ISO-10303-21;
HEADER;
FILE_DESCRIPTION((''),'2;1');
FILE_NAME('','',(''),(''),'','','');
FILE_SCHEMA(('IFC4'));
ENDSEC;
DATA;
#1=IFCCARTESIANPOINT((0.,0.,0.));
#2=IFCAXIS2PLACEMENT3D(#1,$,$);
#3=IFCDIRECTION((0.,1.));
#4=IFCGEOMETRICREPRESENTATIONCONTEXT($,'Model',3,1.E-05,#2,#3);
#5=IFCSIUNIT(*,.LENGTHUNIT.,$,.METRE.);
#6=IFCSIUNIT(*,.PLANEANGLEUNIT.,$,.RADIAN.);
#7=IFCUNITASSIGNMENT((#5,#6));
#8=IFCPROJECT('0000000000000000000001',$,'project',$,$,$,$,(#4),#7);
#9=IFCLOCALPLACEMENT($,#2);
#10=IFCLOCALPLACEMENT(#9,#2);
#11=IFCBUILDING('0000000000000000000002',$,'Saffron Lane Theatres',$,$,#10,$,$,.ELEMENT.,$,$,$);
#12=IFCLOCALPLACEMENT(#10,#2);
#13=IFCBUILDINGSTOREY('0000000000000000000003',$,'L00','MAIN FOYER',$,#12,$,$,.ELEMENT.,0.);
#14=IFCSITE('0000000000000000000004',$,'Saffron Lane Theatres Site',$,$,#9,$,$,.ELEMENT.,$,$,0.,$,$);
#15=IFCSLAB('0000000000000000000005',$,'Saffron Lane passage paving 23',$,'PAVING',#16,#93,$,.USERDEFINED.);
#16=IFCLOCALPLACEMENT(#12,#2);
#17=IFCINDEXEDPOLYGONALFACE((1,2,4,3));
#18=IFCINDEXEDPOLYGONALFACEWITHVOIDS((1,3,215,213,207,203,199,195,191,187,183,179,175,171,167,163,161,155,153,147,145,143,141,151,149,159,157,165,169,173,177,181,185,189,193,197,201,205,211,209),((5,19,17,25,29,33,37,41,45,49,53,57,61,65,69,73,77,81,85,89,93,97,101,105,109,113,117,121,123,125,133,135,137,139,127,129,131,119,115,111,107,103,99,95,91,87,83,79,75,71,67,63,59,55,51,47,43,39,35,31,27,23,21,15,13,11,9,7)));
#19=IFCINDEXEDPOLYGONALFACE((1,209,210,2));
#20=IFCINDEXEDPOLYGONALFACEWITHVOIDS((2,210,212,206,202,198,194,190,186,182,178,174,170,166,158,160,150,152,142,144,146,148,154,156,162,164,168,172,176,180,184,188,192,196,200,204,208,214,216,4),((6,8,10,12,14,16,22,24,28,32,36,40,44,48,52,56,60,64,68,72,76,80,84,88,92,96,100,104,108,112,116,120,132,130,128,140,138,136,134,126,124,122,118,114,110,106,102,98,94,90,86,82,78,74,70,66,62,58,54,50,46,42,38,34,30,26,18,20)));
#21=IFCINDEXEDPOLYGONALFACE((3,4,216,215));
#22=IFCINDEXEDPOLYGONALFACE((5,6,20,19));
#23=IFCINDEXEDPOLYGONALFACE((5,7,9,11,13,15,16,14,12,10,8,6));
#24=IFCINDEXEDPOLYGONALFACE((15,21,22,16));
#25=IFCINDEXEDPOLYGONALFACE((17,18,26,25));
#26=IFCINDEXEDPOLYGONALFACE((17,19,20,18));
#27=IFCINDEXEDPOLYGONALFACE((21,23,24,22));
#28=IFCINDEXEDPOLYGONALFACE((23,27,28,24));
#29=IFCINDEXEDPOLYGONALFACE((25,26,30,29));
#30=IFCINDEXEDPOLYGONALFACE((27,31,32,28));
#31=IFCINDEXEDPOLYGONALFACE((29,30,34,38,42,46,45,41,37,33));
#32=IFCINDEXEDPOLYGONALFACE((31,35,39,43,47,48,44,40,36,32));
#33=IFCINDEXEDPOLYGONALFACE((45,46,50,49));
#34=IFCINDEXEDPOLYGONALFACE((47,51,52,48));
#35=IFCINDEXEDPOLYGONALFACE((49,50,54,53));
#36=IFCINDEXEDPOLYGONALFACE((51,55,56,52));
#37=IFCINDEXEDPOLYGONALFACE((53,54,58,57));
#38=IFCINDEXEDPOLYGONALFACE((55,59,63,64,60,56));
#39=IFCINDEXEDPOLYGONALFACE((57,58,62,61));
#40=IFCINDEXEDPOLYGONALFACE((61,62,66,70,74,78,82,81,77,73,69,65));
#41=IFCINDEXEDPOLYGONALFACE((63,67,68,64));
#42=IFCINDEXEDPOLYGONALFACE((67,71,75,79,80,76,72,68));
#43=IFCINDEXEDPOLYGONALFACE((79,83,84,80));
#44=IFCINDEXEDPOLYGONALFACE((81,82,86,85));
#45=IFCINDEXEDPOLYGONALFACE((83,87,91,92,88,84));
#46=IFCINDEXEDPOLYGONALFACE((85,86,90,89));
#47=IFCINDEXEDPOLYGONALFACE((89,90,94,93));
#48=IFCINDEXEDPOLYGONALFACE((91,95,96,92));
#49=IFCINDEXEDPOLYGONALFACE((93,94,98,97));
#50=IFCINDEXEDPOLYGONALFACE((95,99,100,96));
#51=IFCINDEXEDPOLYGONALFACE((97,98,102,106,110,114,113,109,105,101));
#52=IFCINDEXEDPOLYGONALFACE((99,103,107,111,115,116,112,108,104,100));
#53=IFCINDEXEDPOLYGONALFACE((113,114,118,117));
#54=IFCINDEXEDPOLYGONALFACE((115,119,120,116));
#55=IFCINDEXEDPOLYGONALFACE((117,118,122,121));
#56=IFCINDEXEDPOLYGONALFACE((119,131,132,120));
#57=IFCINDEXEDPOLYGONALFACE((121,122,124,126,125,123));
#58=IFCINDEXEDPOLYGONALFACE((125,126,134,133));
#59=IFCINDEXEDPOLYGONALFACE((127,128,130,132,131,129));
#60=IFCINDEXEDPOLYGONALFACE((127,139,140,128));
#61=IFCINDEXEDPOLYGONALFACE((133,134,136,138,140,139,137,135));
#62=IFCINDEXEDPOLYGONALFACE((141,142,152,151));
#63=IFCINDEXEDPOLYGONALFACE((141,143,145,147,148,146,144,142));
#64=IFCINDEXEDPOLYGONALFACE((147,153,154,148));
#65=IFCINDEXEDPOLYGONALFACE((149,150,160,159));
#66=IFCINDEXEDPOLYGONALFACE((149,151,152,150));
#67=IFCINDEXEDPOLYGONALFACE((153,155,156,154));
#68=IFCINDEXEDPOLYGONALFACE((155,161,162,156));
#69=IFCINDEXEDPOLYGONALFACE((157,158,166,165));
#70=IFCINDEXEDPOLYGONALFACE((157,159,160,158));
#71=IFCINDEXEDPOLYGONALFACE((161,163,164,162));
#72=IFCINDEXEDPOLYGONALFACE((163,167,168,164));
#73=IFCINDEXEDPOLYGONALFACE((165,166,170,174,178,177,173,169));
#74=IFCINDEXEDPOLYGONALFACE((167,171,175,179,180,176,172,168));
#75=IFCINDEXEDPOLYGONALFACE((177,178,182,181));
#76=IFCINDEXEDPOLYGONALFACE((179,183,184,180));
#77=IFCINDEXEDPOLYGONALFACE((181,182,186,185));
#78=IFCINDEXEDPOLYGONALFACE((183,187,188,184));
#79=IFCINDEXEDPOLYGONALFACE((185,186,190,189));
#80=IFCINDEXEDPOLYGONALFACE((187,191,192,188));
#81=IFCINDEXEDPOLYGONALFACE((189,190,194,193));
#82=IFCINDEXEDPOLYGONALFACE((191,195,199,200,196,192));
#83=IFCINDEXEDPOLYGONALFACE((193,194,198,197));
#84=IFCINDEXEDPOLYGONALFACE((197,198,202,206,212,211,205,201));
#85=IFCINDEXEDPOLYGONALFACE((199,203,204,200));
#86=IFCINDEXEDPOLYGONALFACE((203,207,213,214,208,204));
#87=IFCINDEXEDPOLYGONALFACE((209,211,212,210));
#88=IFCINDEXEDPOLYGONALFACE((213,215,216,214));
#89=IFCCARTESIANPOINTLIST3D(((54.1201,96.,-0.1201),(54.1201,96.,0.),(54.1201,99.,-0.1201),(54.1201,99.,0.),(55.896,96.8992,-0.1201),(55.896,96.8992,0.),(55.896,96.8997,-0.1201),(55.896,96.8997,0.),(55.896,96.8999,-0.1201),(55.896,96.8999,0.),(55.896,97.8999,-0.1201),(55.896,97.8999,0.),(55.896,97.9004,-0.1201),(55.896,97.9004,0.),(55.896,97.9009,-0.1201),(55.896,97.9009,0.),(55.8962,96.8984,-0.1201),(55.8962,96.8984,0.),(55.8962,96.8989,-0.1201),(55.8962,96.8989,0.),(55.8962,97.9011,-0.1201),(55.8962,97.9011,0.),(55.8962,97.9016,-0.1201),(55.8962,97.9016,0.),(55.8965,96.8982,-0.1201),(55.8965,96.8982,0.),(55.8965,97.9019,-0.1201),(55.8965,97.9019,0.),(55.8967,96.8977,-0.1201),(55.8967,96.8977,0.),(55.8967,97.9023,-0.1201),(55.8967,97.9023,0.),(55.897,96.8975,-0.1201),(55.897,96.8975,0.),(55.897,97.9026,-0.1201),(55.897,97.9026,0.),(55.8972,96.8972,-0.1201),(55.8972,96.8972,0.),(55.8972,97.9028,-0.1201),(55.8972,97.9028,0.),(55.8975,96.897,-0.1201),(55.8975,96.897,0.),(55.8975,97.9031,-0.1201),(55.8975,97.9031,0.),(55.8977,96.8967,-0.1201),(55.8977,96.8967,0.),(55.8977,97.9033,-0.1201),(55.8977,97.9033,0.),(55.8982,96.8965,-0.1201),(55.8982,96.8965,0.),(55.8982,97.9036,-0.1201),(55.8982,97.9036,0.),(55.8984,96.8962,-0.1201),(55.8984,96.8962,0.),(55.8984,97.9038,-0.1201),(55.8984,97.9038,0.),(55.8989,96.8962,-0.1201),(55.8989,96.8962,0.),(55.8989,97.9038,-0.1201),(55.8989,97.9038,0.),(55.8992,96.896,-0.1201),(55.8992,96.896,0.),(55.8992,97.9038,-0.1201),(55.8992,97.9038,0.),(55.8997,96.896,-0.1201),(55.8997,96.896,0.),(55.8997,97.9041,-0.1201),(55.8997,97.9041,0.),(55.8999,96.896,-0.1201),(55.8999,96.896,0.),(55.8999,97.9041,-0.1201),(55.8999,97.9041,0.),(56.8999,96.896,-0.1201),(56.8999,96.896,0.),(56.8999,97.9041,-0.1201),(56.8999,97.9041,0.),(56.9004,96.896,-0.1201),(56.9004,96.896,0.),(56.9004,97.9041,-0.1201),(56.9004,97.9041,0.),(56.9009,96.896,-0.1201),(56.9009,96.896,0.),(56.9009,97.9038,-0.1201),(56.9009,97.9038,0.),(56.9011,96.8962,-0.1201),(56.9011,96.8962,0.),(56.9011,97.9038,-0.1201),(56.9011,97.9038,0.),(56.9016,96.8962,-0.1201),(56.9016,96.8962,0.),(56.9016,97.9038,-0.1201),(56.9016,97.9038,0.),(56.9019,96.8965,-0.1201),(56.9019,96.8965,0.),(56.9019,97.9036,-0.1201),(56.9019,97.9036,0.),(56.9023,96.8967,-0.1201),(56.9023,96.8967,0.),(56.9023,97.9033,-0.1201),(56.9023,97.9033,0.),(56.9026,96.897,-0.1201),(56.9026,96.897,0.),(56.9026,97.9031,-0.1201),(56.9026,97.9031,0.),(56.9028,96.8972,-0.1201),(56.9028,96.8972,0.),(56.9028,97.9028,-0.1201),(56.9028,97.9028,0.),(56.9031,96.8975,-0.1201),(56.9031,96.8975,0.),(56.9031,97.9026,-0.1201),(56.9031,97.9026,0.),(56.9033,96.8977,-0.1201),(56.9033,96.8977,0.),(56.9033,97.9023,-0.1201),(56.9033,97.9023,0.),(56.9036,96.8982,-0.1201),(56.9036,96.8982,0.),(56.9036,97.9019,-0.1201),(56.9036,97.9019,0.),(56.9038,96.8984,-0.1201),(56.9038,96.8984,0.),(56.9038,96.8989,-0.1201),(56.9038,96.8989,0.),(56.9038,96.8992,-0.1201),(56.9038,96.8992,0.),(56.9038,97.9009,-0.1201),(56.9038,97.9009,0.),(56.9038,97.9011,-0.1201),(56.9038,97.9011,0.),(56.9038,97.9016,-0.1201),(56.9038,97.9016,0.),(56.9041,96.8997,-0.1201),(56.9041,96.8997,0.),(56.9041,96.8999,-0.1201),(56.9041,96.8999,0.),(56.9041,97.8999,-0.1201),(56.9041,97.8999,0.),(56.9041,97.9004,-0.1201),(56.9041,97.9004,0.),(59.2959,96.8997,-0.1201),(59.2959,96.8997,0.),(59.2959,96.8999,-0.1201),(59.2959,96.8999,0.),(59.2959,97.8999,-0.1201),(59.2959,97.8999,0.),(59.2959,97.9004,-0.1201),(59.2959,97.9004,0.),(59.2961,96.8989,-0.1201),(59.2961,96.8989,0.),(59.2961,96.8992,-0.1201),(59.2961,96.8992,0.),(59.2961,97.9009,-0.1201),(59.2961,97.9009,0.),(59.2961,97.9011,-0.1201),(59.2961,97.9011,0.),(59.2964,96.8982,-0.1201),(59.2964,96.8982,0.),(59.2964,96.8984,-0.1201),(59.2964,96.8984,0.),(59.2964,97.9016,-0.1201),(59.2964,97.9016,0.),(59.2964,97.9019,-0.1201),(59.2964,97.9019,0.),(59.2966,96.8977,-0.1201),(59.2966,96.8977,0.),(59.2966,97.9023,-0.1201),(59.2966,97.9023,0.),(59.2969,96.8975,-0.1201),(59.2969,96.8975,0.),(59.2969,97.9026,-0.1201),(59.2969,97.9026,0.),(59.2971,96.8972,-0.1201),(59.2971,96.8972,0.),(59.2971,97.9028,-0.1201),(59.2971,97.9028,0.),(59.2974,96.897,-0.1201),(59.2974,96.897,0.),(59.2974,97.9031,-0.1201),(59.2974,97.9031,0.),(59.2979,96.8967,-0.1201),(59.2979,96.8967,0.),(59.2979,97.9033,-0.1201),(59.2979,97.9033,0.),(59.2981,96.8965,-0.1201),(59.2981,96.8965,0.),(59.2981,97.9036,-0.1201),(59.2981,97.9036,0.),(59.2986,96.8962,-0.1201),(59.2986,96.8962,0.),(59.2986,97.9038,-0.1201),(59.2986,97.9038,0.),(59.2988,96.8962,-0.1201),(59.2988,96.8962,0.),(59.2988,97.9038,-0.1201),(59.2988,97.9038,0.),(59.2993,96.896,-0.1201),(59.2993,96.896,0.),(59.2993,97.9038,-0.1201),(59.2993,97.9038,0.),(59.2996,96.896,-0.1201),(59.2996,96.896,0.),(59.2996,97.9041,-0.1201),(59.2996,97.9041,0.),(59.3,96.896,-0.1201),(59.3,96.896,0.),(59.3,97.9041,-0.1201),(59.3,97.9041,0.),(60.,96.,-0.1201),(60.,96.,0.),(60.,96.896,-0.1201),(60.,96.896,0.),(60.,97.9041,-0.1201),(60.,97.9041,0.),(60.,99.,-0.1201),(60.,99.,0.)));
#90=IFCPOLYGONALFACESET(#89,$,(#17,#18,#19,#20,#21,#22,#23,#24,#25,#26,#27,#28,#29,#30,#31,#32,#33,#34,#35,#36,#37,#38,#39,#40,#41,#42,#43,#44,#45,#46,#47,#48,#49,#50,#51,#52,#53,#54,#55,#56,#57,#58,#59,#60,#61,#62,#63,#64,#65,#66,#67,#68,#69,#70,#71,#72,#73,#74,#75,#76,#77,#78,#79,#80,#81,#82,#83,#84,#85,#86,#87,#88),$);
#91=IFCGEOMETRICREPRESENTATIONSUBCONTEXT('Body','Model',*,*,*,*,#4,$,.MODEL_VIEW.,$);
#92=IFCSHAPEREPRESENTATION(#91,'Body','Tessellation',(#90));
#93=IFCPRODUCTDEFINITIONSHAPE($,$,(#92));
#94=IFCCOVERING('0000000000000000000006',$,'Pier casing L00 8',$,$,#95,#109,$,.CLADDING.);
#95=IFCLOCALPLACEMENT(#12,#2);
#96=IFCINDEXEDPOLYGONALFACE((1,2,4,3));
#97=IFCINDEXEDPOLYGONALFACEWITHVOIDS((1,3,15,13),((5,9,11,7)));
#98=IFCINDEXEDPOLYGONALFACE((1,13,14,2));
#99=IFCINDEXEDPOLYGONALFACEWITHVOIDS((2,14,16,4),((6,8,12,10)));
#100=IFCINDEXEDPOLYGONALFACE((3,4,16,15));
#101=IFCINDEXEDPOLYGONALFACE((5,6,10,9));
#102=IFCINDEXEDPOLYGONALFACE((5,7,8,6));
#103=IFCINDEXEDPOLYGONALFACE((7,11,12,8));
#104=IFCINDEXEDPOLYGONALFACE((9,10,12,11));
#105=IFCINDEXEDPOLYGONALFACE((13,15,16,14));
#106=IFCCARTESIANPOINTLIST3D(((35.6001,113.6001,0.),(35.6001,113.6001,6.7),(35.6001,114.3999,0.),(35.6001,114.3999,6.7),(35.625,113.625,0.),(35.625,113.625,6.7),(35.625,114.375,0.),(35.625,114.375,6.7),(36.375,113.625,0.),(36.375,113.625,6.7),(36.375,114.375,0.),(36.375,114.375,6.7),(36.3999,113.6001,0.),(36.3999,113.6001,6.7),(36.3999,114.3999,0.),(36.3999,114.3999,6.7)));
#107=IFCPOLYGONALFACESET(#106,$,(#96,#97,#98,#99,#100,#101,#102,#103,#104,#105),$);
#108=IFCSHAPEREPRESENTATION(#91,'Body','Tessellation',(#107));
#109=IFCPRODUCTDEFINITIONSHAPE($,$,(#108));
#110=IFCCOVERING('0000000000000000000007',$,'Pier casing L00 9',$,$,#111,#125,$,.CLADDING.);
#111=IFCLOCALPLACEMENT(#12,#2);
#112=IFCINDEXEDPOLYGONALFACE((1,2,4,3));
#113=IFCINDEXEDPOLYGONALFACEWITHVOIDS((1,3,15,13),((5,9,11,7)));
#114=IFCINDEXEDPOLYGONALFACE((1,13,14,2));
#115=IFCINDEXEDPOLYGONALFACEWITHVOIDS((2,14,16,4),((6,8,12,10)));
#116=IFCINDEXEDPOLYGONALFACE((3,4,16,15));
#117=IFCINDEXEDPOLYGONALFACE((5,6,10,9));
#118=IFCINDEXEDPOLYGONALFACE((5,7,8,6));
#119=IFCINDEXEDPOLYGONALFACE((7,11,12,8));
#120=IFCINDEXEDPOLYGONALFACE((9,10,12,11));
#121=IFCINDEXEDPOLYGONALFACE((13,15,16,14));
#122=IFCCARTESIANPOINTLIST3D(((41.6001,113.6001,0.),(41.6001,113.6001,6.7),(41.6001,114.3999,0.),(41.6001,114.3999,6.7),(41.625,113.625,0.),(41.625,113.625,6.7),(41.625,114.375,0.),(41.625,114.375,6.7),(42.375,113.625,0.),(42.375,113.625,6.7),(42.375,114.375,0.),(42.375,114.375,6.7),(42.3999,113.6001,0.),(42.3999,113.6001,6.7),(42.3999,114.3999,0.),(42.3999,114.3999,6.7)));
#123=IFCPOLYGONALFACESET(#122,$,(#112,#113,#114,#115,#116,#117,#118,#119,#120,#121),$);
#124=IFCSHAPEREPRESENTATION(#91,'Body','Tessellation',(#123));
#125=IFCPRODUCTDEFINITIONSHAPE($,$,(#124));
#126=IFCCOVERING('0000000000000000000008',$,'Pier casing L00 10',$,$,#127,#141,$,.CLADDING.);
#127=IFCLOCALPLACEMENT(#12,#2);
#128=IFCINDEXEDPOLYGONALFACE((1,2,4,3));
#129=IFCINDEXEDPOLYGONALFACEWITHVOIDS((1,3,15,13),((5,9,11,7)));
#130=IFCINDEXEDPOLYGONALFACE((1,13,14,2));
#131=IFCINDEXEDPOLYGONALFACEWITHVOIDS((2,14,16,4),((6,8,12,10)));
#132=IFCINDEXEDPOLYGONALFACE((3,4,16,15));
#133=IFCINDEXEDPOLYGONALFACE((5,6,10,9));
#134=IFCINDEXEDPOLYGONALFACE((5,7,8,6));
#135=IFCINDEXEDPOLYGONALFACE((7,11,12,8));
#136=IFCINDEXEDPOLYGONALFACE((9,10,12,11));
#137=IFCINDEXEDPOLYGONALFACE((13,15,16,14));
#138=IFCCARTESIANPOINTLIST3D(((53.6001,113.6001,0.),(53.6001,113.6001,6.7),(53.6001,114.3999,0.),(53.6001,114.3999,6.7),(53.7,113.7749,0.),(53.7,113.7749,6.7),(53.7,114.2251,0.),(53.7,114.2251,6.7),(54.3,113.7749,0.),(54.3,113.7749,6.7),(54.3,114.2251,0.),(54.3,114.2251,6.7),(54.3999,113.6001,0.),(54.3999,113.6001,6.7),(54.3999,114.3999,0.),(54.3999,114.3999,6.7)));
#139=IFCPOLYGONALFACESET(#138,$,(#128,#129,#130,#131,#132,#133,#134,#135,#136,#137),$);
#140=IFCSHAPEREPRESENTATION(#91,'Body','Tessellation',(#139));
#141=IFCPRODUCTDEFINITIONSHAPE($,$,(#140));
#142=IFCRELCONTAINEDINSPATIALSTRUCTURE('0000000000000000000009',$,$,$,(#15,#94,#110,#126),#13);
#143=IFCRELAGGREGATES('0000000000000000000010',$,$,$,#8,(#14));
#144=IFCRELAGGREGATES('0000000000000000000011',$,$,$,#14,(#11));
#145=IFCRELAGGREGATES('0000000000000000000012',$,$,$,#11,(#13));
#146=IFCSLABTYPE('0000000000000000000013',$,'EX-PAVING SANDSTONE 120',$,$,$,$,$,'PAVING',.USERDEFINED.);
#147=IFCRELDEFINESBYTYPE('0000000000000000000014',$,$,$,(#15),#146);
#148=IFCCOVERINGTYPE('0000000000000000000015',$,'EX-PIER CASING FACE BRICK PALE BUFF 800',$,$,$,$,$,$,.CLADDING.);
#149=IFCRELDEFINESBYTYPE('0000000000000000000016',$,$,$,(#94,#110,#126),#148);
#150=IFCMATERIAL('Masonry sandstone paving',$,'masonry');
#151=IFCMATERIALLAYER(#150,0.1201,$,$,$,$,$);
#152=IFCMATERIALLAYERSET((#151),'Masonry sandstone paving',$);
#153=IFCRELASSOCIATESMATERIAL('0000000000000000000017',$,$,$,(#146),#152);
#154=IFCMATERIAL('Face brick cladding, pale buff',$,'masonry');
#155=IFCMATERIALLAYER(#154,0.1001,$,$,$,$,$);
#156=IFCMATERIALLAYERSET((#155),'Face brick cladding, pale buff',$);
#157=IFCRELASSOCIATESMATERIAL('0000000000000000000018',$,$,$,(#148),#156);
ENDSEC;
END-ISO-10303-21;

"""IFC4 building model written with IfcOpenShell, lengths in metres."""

from ifc_helpers import new_model, si_unit, direction, frame, origin, place, context, subcontext, project, spatial, polyline, outline, extrude, material, layer, layer_set, type_object, element, save


model = new_model("IFC4")

# Units and contexts
model_context = context("Model", 3, precision=1e-05, world=origin(), true_north=direction((0.0, 1.0)))
body_context = subcontext(model_context, "Body", "Model", "MODEL_VIEW")
ifc_project = project(units=[si_unit("LENGTHUNIT", "METRE"), si_unit("PLANEANGLEUNIT", "RADIAN")], contexts=[model_context])

# Site, building, storey
site_placement = place(None, origin())
site = spatial("IfcSite", under=ifc_project, at=site_placement, Name="Saffron Lane Theatres Site", CompositionType="ELEMENT", RefElevation=0.0)
building_placement = place(site_placement, origin())
building = spatial("IfcBuilding", under=site, at=building_placement, Name="Saffron Lane Theatres", CompositionType="ELEMENT")
storey_placement = place(building_placement, origin())
storey = spatial("IfcBuildingStorey", under=building, at=storey_placement, Name="L00", Description="MAIN FOYER", CompositionType="ELEMENT", Elevation=0.0)

# Slab
ifc_material_1 = material(Name="Masonry sandstone paving", Category="masonry")
ifc_layer_1 = layer(ifc_material_1, 0.1201)
ifc_layer_set_1 = layer_set([ifc_layer_1], Name="Masonry sandstone paving")
slab_type_1 = type_object("IfcSlabType", Name="EX-PAVING SANDSTONE 120", ElementType="PAVING", PredefinedType="USERDEFINED", material=ifc_layer_set_1)
slab_1_placement = place(storey_placement, frame((0.0, 0.0, -0.1201)))
element("IfcSlab", 1, at=slab_1_placement, inside=storey, type_object=slab_type_1, Name="Saffron Lane passage paving 23", ObjectType="PAVING", PredefinedType="USERDEFINED", context=body_context, shape_type="SweptSolid", body=[
    extrude(outline(polyline([(60.0, 97.9041), (60.0, 99.0), (54.1201, 99.0), (54.1201, 96.0), (60.0, 96.0), (60.0, 96.896), (59.3, 96.896), (59.2996, 96.896), (59.2993, 96.896), (59.2988, 96.8962), (59.2986, 96.8962), (59.2981, 96.8965), (59.2979, 96.8967), (59.2974, 96.897), (59.2971, 96.8972), (59.2969, 96.8975), (59.2966, 96.8977), (59.2964, 96.8982), (59.2964, 96.8984), (59.2961, 96.8989), (59.2961, 96.8992), (59.2959, 96.8997), (59.2959, 96.8999), (59.2959, 97.8999), (59.2959, 97.9004), (59.2961, 97.9009), (59.2961, 97.9011), (59.2964, 97.9016), (59.2964, 97.9019), (59.2966, 97.9023), (59.2969, 97.9026), (59.2971, 97.9028), (59.2974, 97.9031), (59.2979, 97.9033), (59.2981, 97.9036), (59.2986, 97.9038), (59.2988, 97.9038), (59.2993, 97.9038), (59.2996, 97.9041), (59.3, 97.9041), (60.0, 97.9041)]), holes=[polyline([(55.896, 97.9009), (55.8962, 97.9011), (55.8962, 97.9016), (55.8965, 97.9019), (55.8967, 97.9023), (55.897, 97.9026), (55.8972, 97.9028), (55.8975, 97.9031), (55.8977, 97.9033), (55.8982, 97.9036), (55.8984, 97.9038), (55.8989, 97.9038), (55.8992, 97.9038), (55.8997, 97.9041), (55.8999, 97.9041), (56.8999, 97.9041), (56.9004, 97.9041), (56.9009, 97.9038), (56.9011, 97.9038), (56.9016, 97.9038), (56.9019, 97.9036), (56.9023, 97.9033), (56.9026, 97.9031), (56.9028, 97.9028), (56.9031, 97.9026), (56.9033, 97.9023), (56.9036, 97.9019), (56.9038, 97.9016), (56.9038, 97.9011), (56.9038, 97.9009), (56.9041, 97.9004), (56.9041, 97.8999), (56.9041, 96.8999), (56.9041, 96.8997), (56.9038, 96.8992), (56.9038, 96.8989), (56.9038, 96.8984), (56.9036, 96.8982), (56.9033, 96.8977), (56.9031, 96.8975), (56.9028, 96.8972), (56.9026, 96.897), (56.9023, 96.8967), (56.9019, 96.8965), (56.9016, 96.8962), (56.9011, 96.8962), (56.9009, 96.896), (56.9004, 96.896), (56.8999, 96.896), (55.8999, 96.896), (55.8997, 96.896), (55.8992, 96.896), (55.8989, 96.8962), (55.8984, 96.8962), (55.8982, 96.8965), (55.8977, 96.8967), (55.8975, 96.897), (55.8972, 96.8972), (55.897, 96.8975), (55.8967, 96.8977), (55.8965, 96.8982), (55.8962, 96.8984), (55.8962, 96.8989), (55.896, 96.8992), (55.896, 96.8997), (55.896, 96.8999), (55.896, 97.8999), (55.896, 97.9004), (55.896, 97.9009)])]), origin(), (0.0, 0.0, 1.0), 0.1201),
])

# Coverings
ifc_material_2 = material(Name="Face brick cladding, pale buff", Category="masonry")
ifc_layer_2 = layer(ifc_material_2, 0.1001)
ifc_layer_set_2 = layer_set([ifc_layer_2], Name="Face brick cladding, pale buff")
covering_type = type_object("IfcCoveringType", Name="EX-PIER CASING FACE BRICK PALE BUFF 800", PredefinedType="CLADDING", material=ifc_layer_set_2)
covering_1_placement = place(storey_placement, origin())
element("IfcCovering", 2, at=covering_1_placement, inside=storey, type_object=covering_type, Name="Pier casing L00 8", PredefinedType="CLADDING", context=body_context, shape_type="SweptSolid", body=[
    extrude(outline(polyline([(36.3999, 114.3999), (35.6001, 114.3999), (35.6001, 113.6001), (36.3999, 113.6001), (36.3999, 114.3999)]), holes=[polyline([(35.625, 114.375), (36.375, 114.375), (36.375, 113.625), (35.625, 113.625), (35.625, 114.375)])]), origin(), (0.0, 0.0, 1.0), 6.7),
])
covering_2_placement = place(storey_placement, origin())
element("IfcCovering", 3, at=covering_2_placement, inside=storey, type_object=covering_type, Name="Pier casing L00 9", PredefinedType="CLADDING", context=body_context, shape_type="SweptSolid", body=[
    extrude(outline(polyline([(42.3999, 114.3999), (41.6001, 114.3999), (41.6001, 113.6001), (42.3999, 113.6001), (42.3999, 114.3999)]), holes=[polyline([(41.625, 114.375), (42.375, 114.375), (42.375, 113.625), (41.625, 113.625), (41.625, 114.375)])]), origin(), (0.0, 0.0, 1.0), 6.7),
])
covering_3_placement = place(storey_placement, origin())
element("IfcCovering", 4, at=covering_3_placement, inside=storey, type_object=covering_type, Name="Pier casing L00 10", PredefinedType="CLADDING", context=body_context, shape_type="SweptSolid", body=[
    extrude(outline(polyline([(54.3999, 114.3999), (53.6001, 114.3999), (53.6001, 113.6001), (54.3999, 113.6001), (54.3999, 114.3999)]), holes=[polyline([(53.7, 114.2251), (54.3, 114.2251), (54.3, 113.7749), (53.7, 113.7749), (53.7, 114.2251)])]), origin(), (0.0, 0.0, 1.0), 6.7),
])

save(model, "model.ifc")
